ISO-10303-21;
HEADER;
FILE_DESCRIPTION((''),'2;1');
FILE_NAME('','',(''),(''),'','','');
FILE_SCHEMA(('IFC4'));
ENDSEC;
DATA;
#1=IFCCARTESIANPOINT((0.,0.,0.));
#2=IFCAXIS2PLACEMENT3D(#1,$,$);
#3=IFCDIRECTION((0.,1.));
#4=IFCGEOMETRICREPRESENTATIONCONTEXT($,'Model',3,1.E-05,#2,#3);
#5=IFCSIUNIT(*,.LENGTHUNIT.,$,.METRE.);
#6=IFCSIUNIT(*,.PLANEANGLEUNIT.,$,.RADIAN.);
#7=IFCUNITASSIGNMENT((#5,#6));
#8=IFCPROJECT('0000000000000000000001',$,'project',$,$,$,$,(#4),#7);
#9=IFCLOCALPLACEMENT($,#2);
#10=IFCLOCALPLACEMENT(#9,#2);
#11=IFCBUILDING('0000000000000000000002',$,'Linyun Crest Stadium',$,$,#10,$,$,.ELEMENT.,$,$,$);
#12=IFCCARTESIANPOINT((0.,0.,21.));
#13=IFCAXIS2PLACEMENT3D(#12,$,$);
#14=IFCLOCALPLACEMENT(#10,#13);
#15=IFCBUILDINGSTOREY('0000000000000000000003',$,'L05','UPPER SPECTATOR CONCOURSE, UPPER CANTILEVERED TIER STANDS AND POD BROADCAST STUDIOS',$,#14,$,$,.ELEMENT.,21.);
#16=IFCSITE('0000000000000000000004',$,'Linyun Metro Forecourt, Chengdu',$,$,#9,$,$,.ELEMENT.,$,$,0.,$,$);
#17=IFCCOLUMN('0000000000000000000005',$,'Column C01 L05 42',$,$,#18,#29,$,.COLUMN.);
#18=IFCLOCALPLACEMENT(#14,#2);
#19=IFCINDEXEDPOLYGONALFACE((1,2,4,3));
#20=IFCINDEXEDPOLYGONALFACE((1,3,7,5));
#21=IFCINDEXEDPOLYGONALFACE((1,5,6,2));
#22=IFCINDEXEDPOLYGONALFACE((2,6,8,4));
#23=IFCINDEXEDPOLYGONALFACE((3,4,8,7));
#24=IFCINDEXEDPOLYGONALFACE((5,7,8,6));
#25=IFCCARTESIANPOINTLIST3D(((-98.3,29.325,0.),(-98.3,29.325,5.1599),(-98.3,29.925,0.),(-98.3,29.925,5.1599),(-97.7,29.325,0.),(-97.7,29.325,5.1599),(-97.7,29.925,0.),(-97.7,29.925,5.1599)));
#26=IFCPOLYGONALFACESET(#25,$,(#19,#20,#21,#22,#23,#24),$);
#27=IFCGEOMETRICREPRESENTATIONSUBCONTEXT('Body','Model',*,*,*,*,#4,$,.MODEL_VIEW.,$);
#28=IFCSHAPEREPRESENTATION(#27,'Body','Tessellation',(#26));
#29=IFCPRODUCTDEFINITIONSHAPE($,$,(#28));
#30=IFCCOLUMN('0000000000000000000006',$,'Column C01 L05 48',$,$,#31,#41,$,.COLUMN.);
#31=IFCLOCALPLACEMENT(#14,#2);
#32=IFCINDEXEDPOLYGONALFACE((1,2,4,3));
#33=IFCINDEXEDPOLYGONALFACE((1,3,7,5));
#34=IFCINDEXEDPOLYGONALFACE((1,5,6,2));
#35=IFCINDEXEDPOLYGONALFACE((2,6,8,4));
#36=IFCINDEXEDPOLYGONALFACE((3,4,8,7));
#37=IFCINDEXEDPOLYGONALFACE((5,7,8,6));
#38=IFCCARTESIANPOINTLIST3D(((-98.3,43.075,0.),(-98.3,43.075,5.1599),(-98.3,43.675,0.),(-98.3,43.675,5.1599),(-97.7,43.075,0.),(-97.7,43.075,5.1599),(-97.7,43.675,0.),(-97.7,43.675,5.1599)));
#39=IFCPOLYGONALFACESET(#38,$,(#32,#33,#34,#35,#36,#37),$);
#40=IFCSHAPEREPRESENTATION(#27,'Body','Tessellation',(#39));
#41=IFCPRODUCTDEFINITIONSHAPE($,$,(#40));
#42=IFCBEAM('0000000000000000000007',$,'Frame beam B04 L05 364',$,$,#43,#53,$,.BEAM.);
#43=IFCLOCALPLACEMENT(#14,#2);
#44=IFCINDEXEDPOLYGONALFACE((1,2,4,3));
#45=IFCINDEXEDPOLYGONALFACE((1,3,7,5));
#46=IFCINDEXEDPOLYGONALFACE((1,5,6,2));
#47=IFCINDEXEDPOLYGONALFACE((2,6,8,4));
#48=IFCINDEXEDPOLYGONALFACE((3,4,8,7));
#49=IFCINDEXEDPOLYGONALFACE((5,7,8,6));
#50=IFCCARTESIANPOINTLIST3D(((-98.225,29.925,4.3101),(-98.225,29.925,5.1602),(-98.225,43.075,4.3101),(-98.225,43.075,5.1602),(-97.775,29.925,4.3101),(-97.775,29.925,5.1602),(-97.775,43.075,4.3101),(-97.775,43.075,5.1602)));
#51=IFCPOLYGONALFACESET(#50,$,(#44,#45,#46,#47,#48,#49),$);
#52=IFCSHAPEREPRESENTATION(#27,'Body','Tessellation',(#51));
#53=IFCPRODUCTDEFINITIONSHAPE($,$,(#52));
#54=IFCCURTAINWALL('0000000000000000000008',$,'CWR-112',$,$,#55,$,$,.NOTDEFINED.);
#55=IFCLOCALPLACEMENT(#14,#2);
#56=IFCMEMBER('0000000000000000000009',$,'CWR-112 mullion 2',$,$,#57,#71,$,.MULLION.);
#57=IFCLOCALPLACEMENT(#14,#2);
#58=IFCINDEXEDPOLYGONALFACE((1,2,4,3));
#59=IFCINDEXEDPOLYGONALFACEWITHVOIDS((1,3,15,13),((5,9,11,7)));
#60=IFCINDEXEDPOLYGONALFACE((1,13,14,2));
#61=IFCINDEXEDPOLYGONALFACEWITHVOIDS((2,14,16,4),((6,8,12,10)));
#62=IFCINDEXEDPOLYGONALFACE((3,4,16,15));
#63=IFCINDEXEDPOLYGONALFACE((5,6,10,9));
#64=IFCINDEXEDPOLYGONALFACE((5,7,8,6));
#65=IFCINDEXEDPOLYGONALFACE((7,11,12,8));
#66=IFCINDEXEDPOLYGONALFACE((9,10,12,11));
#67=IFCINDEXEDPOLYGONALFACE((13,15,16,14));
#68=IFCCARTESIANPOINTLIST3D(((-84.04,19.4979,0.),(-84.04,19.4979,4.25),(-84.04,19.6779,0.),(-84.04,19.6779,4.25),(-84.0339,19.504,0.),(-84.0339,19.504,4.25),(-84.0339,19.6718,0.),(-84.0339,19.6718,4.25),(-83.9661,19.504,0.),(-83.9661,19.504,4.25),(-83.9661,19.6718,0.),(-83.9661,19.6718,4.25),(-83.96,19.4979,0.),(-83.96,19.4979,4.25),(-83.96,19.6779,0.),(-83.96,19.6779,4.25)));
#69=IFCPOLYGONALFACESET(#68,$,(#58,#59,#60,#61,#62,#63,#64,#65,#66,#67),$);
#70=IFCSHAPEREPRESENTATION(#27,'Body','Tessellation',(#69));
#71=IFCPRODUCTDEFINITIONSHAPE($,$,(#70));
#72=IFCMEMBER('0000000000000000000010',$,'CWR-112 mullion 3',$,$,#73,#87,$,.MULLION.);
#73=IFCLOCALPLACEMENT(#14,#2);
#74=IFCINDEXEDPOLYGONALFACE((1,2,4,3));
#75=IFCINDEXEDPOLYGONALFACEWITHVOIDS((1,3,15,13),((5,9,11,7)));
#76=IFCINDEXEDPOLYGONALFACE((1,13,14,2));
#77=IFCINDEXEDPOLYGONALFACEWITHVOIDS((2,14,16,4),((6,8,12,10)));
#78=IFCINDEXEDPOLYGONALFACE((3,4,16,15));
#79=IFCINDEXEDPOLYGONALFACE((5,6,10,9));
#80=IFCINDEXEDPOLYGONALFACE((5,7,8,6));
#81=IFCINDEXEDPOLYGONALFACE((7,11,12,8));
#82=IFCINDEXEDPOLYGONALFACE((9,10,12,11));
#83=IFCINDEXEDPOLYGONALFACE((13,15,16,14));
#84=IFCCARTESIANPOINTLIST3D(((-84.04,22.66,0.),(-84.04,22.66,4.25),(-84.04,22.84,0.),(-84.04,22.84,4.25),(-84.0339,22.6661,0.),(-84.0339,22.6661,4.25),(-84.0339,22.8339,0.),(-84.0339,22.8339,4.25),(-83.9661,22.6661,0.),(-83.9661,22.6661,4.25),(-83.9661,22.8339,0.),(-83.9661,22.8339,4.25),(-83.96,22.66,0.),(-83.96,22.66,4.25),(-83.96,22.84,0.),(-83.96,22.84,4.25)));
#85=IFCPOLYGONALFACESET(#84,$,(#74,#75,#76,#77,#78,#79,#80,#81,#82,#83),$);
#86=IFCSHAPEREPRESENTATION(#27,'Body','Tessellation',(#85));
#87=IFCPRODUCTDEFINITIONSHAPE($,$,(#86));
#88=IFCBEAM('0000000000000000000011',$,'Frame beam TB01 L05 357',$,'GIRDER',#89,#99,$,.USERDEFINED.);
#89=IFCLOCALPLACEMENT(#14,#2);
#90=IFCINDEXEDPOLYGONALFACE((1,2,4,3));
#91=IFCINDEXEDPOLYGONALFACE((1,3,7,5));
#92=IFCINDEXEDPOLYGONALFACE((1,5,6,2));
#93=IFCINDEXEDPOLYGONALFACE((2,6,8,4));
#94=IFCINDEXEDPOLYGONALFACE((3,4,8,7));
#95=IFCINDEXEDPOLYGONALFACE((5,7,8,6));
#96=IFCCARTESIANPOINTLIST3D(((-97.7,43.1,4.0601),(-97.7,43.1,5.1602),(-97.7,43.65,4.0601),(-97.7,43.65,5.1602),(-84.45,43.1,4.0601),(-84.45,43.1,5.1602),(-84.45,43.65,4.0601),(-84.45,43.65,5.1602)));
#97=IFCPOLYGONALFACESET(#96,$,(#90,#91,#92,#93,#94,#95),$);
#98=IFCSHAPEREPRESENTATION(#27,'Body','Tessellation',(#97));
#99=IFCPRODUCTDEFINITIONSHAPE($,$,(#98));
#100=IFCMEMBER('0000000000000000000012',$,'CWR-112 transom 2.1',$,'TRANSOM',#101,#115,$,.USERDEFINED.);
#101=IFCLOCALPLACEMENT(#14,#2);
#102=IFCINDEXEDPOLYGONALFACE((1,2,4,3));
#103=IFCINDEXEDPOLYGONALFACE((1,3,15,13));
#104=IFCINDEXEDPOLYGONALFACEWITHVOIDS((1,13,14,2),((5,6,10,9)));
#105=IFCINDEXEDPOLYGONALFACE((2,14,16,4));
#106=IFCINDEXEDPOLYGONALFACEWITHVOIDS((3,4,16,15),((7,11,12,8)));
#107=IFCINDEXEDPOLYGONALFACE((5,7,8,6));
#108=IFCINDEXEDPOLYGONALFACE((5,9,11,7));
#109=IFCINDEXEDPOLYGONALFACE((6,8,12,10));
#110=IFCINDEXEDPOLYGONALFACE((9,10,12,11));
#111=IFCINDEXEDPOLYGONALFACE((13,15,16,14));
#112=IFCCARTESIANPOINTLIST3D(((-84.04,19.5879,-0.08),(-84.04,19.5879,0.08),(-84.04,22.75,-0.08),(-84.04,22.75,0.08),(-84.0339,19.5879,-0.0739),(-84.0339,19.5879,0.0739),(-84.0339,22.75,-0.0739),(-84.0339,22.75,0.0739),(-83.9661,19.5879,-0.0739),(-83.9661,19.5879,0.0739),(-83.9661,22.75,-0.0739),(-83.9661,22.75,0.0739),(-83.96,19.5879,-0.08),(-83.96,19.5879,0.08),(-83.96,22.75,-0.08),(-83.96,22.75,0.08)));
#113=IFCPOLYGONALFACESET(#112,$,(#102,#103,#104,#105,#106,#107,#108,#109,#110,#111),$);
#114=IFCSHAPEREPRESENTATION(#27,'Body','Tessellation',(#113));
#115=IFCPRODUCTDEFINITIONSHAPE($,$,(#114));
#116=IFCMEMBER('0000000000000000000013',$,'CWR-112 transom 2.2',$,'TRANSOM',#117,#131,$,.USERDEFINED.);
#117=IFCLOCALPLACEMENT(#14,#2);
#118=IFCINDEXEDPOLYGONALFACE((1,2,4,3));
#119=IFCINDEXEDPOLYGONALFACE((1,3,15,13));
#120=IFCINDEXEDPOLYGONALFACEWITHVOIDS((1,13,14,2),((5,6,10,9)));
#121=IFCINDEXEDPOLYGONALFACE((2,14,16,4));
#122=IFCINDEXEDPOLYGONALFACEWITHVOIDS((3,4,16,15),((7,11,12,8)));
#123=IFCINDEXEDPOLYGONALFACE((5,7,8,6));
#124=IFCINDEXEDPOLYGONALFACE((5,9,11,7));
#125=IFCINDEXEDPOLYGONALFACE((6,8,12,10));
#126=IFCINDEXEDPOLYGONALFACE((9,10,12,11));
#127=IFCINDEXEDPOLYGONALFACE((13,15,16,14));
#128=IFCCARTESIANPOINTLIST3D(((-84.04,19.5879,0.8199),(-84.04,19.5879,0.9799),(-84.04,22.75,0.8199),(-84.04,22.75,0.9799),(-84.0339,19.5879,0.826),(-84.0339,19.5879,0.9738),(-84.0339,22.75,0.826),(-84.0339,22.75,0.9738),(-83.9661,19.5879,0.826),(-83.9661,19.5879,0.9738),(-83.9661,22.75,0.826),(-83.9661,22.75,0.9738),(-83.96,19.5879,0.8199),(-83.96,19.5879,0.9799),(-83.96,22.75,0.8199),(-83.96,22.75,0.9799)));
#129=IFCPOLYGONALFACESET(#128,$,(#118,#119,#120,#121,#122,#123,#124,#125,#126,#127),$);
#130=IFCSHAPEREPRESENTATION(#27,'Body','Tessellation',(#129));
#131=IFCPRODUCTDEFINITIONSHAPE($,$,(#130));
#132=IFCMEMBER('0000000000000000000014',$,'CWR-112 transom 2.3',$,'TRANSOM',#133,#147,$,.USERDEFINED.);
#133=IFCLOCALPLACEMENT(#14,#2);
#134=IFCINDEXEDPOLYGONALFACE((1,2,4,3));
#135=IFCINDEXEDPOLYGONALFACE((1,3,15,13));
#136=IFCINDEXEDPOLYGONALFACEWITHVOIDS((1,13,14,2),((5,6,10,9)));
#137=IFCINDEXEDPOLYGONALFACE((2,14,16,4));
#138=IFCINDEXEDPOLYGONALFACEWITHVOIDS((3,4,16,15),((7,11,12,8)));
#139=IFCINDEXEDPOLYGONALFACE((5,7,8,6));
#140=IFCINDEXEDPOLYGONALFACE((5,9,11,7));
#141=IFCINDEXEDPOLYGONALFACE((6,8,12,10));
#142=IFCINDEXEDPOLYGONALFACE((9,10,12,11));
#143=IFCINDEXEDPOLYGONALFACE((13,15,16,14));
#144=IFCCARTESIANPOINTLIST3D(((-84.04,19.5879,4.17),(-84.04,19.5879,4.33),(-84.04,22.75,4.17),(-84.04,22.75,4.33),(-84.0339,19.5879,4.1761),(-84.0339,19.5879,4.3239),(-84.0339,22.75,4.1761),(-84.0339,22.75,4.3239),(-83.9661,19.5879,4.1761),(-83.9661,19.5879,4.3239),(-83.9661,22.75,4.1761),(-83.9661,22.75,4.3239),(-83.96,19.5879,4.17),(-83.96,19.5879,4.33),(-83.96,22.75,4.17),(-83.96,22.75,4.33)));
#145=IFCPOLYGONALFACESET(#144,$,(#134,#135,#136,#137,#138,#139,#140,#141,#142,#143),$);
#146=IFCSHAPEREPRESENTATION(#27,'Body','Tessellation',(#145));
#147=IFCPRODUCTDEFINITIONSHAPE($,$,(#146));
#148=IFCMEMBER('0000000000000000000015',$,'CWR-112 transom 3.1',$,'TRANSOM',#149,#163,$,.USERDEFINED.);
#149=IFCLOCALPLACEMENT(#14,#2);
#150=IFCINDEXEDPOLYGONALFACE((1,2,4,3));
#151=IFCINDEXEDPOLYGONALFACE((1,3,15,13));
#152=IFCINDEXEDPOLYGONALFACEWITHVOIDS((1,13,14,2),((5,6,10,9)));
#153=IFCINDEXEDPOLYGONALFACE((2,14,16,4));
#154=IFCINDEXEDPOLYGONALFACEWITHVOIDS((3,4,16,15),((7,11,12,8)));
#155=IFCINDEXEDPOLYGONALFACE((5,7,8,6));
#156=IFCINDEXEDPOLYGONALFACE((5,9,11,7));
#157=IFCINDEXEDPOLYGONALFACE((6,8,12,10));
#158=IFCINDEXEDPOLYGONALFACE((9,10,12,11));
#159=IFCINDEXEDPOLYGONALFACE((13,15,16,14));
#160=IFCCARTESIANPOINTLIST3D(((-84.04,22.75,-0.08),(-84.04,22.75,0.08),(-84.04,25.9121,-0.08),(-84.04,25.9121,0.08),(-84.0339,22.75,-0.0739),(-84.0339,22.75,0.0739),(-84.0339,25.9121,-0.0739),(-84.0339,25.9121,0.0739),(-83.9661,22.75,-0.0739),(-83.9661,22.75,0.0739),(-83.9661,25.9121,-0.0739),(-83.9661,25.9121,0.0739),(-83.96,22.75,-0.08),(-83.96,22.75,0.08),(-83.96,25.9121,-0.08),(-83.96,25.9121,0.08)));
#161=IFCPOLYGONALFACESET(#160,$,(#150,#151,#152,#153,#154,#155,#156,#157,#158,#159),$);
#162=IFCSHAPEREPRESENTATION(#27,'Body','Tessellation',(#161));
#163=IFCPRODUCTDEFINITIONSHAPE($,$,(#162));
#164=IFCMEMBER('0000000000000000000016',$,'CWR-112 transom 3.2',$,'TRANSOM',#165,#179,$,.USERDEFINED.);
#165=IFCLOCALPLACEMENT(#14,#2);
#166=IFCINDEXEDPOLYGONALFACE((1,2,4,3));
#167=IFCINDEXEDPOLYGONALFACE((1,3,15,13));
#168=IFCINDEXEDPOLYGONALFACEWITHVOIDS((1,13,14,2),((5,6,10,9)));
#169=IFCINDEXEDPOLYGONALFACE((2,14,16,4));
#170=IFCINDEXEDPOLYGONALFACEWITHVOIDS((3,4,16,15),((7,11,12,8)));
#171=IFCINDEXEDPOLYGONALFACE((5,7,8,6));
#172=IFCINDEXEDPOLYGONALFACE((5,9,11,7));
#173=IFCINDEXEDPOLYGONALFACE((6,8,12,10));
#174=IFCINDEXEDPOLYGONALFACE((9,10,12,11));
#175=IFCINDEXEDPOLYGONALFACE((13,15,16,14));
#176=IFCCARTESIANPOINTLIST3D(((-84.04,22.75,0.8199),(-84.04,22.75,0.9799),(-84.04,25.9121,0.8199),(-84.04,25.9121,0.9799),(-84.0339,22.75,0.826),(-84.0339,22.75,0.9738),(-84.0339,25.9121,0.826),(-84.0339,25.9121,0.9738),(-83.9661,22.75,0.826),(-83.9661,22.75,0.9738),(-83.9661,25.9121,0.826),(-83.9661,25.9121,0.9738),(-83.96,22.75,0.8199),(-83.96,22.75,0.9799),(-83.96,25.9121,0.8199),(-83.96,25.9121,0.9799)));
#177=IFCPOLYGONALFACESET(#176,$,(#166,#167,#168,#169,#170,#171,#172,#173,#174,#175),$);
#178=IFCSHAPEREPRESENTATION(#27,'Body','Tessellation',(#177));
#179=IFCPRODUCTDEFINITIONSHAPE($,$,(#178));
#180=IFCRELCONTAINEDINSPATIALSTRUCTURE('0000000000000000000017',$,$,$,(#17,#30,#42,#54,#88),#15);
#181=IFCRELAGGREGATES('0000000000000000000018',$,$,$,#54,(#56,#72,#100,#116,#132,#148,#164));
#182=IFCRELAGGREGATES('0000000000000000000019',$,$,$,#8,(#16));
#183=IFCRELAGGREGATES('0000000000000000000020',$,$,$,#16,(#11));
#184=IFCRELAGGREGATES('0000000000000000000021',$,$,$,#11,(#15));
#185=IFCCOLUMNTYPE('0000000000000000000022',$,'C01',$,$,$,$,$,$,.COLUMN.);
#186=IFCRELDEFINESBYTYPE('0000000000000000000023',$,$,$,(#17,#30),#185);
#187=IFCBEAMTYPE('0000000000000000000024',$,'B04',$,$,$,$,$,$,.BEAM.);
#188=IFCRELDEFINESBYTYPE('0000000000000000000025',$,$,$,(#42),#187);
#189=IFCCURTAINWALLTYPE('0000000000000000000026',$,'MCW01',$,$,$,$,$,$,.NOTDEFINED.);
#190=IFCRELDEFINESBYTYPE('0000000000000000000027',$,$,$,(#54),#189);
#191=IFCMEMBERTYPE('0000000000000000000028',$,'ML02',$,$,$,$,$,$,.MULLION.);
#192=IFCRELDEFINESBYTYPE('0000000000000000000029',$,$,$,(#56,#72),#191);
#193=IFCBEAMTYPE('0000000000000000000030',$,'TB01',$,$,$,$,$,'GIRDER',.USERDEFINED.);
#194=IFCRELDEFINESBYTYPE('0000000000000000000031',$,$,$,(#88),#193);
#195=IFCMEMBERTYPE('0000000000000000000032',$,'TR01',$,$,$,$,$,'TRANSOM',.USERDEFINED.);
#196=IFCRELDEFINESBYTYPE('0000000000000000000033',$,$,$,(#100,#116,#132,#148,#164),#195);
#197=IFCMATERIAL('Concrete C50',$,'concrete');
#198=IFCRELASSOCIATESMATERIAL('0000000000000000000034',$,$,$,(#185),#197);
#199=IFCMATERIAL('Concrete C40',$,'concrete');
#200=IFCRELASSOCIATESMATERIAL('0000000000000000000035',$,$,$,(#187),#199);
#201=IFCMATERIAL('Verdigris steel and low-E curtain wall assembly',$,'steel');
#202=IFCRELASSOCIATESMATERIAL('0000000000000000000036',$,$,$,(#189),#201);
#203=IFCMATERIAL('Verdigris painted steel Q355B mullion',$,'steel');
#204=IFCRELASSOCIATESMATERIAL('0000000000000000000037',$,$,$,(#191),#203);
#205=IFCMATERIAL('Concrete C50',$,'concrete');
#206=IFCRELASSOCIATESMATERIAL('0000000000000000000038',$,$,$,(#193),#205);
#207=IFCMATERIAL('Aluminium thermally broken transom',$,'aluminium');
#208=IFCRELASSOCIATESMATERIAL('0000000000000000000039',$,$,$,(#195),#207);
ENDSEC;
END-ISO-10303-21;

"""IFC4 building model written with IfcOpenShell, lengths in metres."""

from ifc_helpers import new_model, si_unit, direction, frame, origin, origin_2d, place, context, subcontext, project, spatial, rectangle, hollow_rectangle, extrude, material, material_profile, profile_set, type_object, element, aggregate, save


model = new_model("IFC4")

# Units and contexts
model_context = context("Model", 3, precision=1e-05, world=origin(), true_north=direction((0.0, 1.0)))
body_context = subcontext(model_context, "Body", "Model", "MODEL_VIEW")
ifc_project = project(units=[si_unit("LENGTHUNIT", "METRE"), si_unit("PLANEANGLEUNIT", "RADIAN")], contexts=[model_context])

# Site, building, storey
site_placement = place(None, origin())
site = spatial("IfcSite", under=ifc_project, at=site_placement, Name="Linyun Metro Forecourt, Chengdu", CompositionType="ELEMENT", RefElevation=0.0)
building_placement = place(site_placement, origin())
building = spatial("IfcBuilding", under=site, at=building_placement, Name="Linyun Crest Stadium", CompositionType="ELEMENT")
storey_placement = place(building_placement, frame((0.0, 0.0, 21.0)))
storey = spatial("IfcBuildingStorey", under=building, at=storey_placement, Name="L05", Description="UPPER SPECTATOR CONCOURSE, UPPER CANTILEVERED TIER STANDS AND POD BROADCAST STUDIOS", CompositionType="ELEMENT", Elevation=21.0)

# Columns
ifc_material_1 = material(Name="Concrete C50", Category="concrete")
ifc_material_profile_1 = material_profile(ifc_material_1, rectangle(XDim=0.6001, YDim=0.6001, at=origin_2d()), Name="RC 600x600")
ifc_profile_set_1 = profile_set([ifc_material_profile_1], Name="Concrete C50")
column_type = type_object("IfcColumnType", Name="C01", PredefinedType="COLUMN", material=ifc_profile_set_1)
for number, where, z_axis, x_axis, name in (
    (1, (-98.0, 29.625, 0.0), (0.0, 0.0, 1.0), (1.0, 0.0, 0.0), "Column C01 L05 42"),
    (2, (-98.0, 43.375, 0.0), (0.0, 0.0, 1.0), (1.0, 0.0, 0.0), "Column C01 L05 48"),
):
    element("IfcColumn", number, at=place(storey_placement, frame(where, z_axis=z_axis, x_axis=x_axis)), inside=storey, type_object=column_type, Name=name, PredefinedType="COLUMN", context=body_context, shape_type="SweptSolid", body=[
        extrude(rectangle(XDim=0.6001, YDim=0.6001, at=origin_2d()), origin(), (0.0, 0.0, 1.0), 5.1599),
    ])

# Beam
ifc_material_2 = material(Name="Concrete C40", Category="concrete")
ifc_material_profile_2 = material_profile(ifc_material_2, rectangle(XDim=0.45, YDim=0.8501, at=origin_2d()), Name="RCB 850x450")
ifc_profile_set_2 = profile_set([ifc_material_profile_2], Name="Concrete C40")
beam_type_1 = type_object("IfcBeamType", Name="B04", PredefinedType="BEAM", material=ifc_profile_set_2)
beam_1_placement = place(storey_placement, frame((-98.0, 29.925, 4.7351), z_axis=(0.0, 1.0, 0.0), x_axis=(-1.0, 0.0, 0.0)))
element("IfcBeam", 3, at=beam_1_placement, inside=storey, type_object=beam_type_1, Name="Frame beam B04 L05 364", PredefinedType="BEAM", context=body_context, shape_type="SweptSolid", body=[
    extrude(rectangle(XDim=0.45, YDim=0.8501, at=origin_2d()), origin(), (0.0, 0.0, 1.0), 13.1499),
])

# Curtain wall, members
ifc_material_3 = material(Name="Verdigris steel and low-E curtain wall assembly", Category="steel")
curtain_wall_type = type_object("IfcCurtainWallType", Name="MCW01", PredefinedType="NOTDEFINED", material=ifc_material_3)
curtain_wall_placement = place(storey_placement, origin())
curtain_wall = element("IfcCurtainWall", 4, at=curtain_wall_placement, inside=storey, type_object=curtain_wall_type, Name="CWR-112", PredefinedType="NOTDEFINED")
ifc_material_4 = material(Name="Verdigris painted steel Q355B mullion", Category="steel")
ifc_material_profile_3 = material_profile(ifc_material_4, hollow_rectangle(XDim=0.0801, YDim=0.1799, WallThickness=0.0061, at=origin_2d()), Name="RHS 180x80x6")
ifc_profile_set_3 = profile_set([ifc_material_profile_3], Name="Verdigris painted steel Q355B mullion")
member_type_1 = type_object("IfcMemberType", Name="ML02", PredefinedType="MULLION", material=ifc_profile_set_3)
member_1_placement = place(storey_placement, frame((-84.0, 19.5879, 0.0), z_axis=(0.0, 0.0, 1.0), x_axis=(-1.0, 0.0, 0.0)))
member_1 = element("IfcMember", 5, at=member_1_placement, type_object=member_type_1, Name="CWR-112 mullion 2", PredefinedType="MULLION", context=body_context, shape_type="SweptSolid", body=[
    extrude(hollow_rectangle(XDim=0.0801, YDim=0.1799, WallThickness=0.0061, at=origin_2d()), origin(), (0.0, 0.0, 1.0), 4.25),
])
member_2_placement = place(storey_placement, frame((-84.0, 22.75, 0.0), z_axis=(0.0, 0.0, 1.0), x_axis=(-1.0, 0.0, 0.0)))
member_2 = element("IfcMember", 6, at=member_2_placement, type_object=member_type_1, Name="CWR-112 mullion 3", PredefinedType="MULLION", context=body_context, shape_type="SweptSolid", body=[
    extrude(hollow_rectangle(XDim=0.0801, YDim=0.1799, WallThickness=0.0061, at=origin_2d()), origin(), (0.0, 0.0, 1.0), 4.25),
])

# Beam
ifc_material_5 = material(Name="Concrete C50", Category="concrete")
ifc_material_profile_4 = material_profile(ifc_material_5, rectangle(XDim=0.55, YDim=1.1001, at=origin_2d()), Name="RCB 1100x550")
ifc_profile_set_4 = profile_set([ifc_material_profile_4], Name="Concrete C50")
beam_type_2 = type_object("IfcBeamType", Name="TB01", ElementType="GIRDER", PredefinedType="USERDEFINED", material=ifc_profile_set_4)
beam_2_placement = place(storey_placement, frame((-97.7, 43.375, 4.6101), z_axis=(1.0, 0.0, 0.0), x_axis=(0.0, 1.0, 0.0)))
element("IfcBeam", 7, at=beam_2_placement, inside=storey, type_object=beam_type_2, Name="Frame beam TB01 L05 357", ObjectType="GIRDER", PredefinedType="USERDEFINED", context=body_context, shape_type="SweptSolid", body=[
    extrude(rectangle(XDim=0.55, YDim=1.1001, at=origin_2d()), origin(), (0.0, 0.0, 1.0), 13.25),
])

# Members
ifc_material_6 = material(Name="Aluminium thermally broken transom", Category="aluminium")
ifc_material_profile_5 = material_profile(ifc_material_6, hollow_rectangle(XDim=0.0801, YDim=0.1599, WallThickness=0.0061, at=origin_2d()), Name="RHS 160x80x6")
ifc_profile_set_5 = profile_set([ifc_material_profile_5], Name="Aluminium thermally broken transom")
member_type_2 = type_object("IfcMemberType", Name="TR01", ElementType="TRANSOM", PredefinedType="USERDEFINED", material=ifc_profile_set_5)
member_3_placement = place(storey_placement, frame((-84.0, 19.5879, 0.0), z_axis=(0.0, 1.0, 0.0), x_axis=(-1.0, 0.0, 0.0)))
member_3 = element("IfcMember", 8, at=member_3_placement, type_object=member_type_2, Name="CWR-112 transom 2.1", ObjectType="TRANSOM", PredefinedType="USERDEFINED", context=body_context, shape_type="SweptSolid", body=[
    extrude(hollow_rectangle(XDim=0.0801, YDim=0.1599, WallThickness=0.0061, at=origin_2d()), origin(), (0.0, 0.0, 1.0), 3.1621),
])
member_4_placement = place(storey_placement, frame((-84.0, 19.5879, 0.8999), z_axis=(0.0, 1.0, 0.0), x_axis=(-1.0, 0.0, 0.0)))
member_4 = element("IfcMember", 9, at=member_4_placement, type_object=member_type_2, Name="CWR-112 transom 2.2", ObjectType="TRANSOM", PredefinedType="USERDEFINED", context=body_context, shape_type="SweptSolid", body=[
    extrude(hollow_rectangle(XDim=0.0801, YDim=0.1599, WallThickness=0.0061, at=origin_2d()), origin(), (0.0, 0.0, 1.0), 3.1621),
])
member_5_placement = place(storey_placement, frame((-84.0, 19.5879, 4.25), z_axis=(0.0, 1.0, 0.0), x_axis=(-1.0, 0.0, 0.0)))
member_5 = element("IfcMember", 10, at=member_5_placement, type_object=member_type_2, Name="CWR-112 transom 2.3", ObjectType="TRANSOM", PredefinedType="USERDEFINED", context=body_context, shape_type="SweptSolid", body=[
    extrude(hollow_rectangle(XDim=0.0801, YDim=0.1599, WallThickness=0.0061, at=origin_2d()), origin(), (0.0, 0.0, 1.0), 3.1621),
])
member_6_placement = place(storey_placement, frame((-84.0, 22.75, 0.0), z_axis=(0.0, 1.0, 0.0), x_axis=(-1.0, 0.0, 0.0)))
member_6 = element("IfcMember", 11, at=member_6_placement, type_object=member_type_2, Name="CWR-112 transom 3.1", ObjectType="TRANSOM", PredefinedType="USERDEFINED", context=body_context, shape_type="SweptSolid", body=[
    extrude(hollow_rectangle(XDim=0.0801, YDim=0.1599, WallThickness=0.0061, at=origin_2d()), origin(), (0.0, 0.0, 1.0), 3.1621),
])
member_7_placement = place(storey_placement, frame((-84.0, 22.75, 0.8999), z_axis=(0.0, 1.0, 0.0), x_axis=(-1.0, 0.0, 0.0)))
member_7 = element("IfcMember", 12, at=member_7_placement, type_object=member_type_2, Name="CWR-112 transom 3.2", ObjectType="TRANSOM", PredefinedType="USERDEFINED", context=body_context, shape_type="SweptSolid", body=[
    extrude(hollow_rectangle(XDim=0.0801, YDim=0.1599, WallThickness=0.0061, at=origin_2d()), origin(), (0.0, 0.0, 1.0), 3.1621),
])

aggregate(curtain_wall, [member_1, member_2, member_3, member_4, member_5, member_6, member_7])

save(model, "model.ifc")
